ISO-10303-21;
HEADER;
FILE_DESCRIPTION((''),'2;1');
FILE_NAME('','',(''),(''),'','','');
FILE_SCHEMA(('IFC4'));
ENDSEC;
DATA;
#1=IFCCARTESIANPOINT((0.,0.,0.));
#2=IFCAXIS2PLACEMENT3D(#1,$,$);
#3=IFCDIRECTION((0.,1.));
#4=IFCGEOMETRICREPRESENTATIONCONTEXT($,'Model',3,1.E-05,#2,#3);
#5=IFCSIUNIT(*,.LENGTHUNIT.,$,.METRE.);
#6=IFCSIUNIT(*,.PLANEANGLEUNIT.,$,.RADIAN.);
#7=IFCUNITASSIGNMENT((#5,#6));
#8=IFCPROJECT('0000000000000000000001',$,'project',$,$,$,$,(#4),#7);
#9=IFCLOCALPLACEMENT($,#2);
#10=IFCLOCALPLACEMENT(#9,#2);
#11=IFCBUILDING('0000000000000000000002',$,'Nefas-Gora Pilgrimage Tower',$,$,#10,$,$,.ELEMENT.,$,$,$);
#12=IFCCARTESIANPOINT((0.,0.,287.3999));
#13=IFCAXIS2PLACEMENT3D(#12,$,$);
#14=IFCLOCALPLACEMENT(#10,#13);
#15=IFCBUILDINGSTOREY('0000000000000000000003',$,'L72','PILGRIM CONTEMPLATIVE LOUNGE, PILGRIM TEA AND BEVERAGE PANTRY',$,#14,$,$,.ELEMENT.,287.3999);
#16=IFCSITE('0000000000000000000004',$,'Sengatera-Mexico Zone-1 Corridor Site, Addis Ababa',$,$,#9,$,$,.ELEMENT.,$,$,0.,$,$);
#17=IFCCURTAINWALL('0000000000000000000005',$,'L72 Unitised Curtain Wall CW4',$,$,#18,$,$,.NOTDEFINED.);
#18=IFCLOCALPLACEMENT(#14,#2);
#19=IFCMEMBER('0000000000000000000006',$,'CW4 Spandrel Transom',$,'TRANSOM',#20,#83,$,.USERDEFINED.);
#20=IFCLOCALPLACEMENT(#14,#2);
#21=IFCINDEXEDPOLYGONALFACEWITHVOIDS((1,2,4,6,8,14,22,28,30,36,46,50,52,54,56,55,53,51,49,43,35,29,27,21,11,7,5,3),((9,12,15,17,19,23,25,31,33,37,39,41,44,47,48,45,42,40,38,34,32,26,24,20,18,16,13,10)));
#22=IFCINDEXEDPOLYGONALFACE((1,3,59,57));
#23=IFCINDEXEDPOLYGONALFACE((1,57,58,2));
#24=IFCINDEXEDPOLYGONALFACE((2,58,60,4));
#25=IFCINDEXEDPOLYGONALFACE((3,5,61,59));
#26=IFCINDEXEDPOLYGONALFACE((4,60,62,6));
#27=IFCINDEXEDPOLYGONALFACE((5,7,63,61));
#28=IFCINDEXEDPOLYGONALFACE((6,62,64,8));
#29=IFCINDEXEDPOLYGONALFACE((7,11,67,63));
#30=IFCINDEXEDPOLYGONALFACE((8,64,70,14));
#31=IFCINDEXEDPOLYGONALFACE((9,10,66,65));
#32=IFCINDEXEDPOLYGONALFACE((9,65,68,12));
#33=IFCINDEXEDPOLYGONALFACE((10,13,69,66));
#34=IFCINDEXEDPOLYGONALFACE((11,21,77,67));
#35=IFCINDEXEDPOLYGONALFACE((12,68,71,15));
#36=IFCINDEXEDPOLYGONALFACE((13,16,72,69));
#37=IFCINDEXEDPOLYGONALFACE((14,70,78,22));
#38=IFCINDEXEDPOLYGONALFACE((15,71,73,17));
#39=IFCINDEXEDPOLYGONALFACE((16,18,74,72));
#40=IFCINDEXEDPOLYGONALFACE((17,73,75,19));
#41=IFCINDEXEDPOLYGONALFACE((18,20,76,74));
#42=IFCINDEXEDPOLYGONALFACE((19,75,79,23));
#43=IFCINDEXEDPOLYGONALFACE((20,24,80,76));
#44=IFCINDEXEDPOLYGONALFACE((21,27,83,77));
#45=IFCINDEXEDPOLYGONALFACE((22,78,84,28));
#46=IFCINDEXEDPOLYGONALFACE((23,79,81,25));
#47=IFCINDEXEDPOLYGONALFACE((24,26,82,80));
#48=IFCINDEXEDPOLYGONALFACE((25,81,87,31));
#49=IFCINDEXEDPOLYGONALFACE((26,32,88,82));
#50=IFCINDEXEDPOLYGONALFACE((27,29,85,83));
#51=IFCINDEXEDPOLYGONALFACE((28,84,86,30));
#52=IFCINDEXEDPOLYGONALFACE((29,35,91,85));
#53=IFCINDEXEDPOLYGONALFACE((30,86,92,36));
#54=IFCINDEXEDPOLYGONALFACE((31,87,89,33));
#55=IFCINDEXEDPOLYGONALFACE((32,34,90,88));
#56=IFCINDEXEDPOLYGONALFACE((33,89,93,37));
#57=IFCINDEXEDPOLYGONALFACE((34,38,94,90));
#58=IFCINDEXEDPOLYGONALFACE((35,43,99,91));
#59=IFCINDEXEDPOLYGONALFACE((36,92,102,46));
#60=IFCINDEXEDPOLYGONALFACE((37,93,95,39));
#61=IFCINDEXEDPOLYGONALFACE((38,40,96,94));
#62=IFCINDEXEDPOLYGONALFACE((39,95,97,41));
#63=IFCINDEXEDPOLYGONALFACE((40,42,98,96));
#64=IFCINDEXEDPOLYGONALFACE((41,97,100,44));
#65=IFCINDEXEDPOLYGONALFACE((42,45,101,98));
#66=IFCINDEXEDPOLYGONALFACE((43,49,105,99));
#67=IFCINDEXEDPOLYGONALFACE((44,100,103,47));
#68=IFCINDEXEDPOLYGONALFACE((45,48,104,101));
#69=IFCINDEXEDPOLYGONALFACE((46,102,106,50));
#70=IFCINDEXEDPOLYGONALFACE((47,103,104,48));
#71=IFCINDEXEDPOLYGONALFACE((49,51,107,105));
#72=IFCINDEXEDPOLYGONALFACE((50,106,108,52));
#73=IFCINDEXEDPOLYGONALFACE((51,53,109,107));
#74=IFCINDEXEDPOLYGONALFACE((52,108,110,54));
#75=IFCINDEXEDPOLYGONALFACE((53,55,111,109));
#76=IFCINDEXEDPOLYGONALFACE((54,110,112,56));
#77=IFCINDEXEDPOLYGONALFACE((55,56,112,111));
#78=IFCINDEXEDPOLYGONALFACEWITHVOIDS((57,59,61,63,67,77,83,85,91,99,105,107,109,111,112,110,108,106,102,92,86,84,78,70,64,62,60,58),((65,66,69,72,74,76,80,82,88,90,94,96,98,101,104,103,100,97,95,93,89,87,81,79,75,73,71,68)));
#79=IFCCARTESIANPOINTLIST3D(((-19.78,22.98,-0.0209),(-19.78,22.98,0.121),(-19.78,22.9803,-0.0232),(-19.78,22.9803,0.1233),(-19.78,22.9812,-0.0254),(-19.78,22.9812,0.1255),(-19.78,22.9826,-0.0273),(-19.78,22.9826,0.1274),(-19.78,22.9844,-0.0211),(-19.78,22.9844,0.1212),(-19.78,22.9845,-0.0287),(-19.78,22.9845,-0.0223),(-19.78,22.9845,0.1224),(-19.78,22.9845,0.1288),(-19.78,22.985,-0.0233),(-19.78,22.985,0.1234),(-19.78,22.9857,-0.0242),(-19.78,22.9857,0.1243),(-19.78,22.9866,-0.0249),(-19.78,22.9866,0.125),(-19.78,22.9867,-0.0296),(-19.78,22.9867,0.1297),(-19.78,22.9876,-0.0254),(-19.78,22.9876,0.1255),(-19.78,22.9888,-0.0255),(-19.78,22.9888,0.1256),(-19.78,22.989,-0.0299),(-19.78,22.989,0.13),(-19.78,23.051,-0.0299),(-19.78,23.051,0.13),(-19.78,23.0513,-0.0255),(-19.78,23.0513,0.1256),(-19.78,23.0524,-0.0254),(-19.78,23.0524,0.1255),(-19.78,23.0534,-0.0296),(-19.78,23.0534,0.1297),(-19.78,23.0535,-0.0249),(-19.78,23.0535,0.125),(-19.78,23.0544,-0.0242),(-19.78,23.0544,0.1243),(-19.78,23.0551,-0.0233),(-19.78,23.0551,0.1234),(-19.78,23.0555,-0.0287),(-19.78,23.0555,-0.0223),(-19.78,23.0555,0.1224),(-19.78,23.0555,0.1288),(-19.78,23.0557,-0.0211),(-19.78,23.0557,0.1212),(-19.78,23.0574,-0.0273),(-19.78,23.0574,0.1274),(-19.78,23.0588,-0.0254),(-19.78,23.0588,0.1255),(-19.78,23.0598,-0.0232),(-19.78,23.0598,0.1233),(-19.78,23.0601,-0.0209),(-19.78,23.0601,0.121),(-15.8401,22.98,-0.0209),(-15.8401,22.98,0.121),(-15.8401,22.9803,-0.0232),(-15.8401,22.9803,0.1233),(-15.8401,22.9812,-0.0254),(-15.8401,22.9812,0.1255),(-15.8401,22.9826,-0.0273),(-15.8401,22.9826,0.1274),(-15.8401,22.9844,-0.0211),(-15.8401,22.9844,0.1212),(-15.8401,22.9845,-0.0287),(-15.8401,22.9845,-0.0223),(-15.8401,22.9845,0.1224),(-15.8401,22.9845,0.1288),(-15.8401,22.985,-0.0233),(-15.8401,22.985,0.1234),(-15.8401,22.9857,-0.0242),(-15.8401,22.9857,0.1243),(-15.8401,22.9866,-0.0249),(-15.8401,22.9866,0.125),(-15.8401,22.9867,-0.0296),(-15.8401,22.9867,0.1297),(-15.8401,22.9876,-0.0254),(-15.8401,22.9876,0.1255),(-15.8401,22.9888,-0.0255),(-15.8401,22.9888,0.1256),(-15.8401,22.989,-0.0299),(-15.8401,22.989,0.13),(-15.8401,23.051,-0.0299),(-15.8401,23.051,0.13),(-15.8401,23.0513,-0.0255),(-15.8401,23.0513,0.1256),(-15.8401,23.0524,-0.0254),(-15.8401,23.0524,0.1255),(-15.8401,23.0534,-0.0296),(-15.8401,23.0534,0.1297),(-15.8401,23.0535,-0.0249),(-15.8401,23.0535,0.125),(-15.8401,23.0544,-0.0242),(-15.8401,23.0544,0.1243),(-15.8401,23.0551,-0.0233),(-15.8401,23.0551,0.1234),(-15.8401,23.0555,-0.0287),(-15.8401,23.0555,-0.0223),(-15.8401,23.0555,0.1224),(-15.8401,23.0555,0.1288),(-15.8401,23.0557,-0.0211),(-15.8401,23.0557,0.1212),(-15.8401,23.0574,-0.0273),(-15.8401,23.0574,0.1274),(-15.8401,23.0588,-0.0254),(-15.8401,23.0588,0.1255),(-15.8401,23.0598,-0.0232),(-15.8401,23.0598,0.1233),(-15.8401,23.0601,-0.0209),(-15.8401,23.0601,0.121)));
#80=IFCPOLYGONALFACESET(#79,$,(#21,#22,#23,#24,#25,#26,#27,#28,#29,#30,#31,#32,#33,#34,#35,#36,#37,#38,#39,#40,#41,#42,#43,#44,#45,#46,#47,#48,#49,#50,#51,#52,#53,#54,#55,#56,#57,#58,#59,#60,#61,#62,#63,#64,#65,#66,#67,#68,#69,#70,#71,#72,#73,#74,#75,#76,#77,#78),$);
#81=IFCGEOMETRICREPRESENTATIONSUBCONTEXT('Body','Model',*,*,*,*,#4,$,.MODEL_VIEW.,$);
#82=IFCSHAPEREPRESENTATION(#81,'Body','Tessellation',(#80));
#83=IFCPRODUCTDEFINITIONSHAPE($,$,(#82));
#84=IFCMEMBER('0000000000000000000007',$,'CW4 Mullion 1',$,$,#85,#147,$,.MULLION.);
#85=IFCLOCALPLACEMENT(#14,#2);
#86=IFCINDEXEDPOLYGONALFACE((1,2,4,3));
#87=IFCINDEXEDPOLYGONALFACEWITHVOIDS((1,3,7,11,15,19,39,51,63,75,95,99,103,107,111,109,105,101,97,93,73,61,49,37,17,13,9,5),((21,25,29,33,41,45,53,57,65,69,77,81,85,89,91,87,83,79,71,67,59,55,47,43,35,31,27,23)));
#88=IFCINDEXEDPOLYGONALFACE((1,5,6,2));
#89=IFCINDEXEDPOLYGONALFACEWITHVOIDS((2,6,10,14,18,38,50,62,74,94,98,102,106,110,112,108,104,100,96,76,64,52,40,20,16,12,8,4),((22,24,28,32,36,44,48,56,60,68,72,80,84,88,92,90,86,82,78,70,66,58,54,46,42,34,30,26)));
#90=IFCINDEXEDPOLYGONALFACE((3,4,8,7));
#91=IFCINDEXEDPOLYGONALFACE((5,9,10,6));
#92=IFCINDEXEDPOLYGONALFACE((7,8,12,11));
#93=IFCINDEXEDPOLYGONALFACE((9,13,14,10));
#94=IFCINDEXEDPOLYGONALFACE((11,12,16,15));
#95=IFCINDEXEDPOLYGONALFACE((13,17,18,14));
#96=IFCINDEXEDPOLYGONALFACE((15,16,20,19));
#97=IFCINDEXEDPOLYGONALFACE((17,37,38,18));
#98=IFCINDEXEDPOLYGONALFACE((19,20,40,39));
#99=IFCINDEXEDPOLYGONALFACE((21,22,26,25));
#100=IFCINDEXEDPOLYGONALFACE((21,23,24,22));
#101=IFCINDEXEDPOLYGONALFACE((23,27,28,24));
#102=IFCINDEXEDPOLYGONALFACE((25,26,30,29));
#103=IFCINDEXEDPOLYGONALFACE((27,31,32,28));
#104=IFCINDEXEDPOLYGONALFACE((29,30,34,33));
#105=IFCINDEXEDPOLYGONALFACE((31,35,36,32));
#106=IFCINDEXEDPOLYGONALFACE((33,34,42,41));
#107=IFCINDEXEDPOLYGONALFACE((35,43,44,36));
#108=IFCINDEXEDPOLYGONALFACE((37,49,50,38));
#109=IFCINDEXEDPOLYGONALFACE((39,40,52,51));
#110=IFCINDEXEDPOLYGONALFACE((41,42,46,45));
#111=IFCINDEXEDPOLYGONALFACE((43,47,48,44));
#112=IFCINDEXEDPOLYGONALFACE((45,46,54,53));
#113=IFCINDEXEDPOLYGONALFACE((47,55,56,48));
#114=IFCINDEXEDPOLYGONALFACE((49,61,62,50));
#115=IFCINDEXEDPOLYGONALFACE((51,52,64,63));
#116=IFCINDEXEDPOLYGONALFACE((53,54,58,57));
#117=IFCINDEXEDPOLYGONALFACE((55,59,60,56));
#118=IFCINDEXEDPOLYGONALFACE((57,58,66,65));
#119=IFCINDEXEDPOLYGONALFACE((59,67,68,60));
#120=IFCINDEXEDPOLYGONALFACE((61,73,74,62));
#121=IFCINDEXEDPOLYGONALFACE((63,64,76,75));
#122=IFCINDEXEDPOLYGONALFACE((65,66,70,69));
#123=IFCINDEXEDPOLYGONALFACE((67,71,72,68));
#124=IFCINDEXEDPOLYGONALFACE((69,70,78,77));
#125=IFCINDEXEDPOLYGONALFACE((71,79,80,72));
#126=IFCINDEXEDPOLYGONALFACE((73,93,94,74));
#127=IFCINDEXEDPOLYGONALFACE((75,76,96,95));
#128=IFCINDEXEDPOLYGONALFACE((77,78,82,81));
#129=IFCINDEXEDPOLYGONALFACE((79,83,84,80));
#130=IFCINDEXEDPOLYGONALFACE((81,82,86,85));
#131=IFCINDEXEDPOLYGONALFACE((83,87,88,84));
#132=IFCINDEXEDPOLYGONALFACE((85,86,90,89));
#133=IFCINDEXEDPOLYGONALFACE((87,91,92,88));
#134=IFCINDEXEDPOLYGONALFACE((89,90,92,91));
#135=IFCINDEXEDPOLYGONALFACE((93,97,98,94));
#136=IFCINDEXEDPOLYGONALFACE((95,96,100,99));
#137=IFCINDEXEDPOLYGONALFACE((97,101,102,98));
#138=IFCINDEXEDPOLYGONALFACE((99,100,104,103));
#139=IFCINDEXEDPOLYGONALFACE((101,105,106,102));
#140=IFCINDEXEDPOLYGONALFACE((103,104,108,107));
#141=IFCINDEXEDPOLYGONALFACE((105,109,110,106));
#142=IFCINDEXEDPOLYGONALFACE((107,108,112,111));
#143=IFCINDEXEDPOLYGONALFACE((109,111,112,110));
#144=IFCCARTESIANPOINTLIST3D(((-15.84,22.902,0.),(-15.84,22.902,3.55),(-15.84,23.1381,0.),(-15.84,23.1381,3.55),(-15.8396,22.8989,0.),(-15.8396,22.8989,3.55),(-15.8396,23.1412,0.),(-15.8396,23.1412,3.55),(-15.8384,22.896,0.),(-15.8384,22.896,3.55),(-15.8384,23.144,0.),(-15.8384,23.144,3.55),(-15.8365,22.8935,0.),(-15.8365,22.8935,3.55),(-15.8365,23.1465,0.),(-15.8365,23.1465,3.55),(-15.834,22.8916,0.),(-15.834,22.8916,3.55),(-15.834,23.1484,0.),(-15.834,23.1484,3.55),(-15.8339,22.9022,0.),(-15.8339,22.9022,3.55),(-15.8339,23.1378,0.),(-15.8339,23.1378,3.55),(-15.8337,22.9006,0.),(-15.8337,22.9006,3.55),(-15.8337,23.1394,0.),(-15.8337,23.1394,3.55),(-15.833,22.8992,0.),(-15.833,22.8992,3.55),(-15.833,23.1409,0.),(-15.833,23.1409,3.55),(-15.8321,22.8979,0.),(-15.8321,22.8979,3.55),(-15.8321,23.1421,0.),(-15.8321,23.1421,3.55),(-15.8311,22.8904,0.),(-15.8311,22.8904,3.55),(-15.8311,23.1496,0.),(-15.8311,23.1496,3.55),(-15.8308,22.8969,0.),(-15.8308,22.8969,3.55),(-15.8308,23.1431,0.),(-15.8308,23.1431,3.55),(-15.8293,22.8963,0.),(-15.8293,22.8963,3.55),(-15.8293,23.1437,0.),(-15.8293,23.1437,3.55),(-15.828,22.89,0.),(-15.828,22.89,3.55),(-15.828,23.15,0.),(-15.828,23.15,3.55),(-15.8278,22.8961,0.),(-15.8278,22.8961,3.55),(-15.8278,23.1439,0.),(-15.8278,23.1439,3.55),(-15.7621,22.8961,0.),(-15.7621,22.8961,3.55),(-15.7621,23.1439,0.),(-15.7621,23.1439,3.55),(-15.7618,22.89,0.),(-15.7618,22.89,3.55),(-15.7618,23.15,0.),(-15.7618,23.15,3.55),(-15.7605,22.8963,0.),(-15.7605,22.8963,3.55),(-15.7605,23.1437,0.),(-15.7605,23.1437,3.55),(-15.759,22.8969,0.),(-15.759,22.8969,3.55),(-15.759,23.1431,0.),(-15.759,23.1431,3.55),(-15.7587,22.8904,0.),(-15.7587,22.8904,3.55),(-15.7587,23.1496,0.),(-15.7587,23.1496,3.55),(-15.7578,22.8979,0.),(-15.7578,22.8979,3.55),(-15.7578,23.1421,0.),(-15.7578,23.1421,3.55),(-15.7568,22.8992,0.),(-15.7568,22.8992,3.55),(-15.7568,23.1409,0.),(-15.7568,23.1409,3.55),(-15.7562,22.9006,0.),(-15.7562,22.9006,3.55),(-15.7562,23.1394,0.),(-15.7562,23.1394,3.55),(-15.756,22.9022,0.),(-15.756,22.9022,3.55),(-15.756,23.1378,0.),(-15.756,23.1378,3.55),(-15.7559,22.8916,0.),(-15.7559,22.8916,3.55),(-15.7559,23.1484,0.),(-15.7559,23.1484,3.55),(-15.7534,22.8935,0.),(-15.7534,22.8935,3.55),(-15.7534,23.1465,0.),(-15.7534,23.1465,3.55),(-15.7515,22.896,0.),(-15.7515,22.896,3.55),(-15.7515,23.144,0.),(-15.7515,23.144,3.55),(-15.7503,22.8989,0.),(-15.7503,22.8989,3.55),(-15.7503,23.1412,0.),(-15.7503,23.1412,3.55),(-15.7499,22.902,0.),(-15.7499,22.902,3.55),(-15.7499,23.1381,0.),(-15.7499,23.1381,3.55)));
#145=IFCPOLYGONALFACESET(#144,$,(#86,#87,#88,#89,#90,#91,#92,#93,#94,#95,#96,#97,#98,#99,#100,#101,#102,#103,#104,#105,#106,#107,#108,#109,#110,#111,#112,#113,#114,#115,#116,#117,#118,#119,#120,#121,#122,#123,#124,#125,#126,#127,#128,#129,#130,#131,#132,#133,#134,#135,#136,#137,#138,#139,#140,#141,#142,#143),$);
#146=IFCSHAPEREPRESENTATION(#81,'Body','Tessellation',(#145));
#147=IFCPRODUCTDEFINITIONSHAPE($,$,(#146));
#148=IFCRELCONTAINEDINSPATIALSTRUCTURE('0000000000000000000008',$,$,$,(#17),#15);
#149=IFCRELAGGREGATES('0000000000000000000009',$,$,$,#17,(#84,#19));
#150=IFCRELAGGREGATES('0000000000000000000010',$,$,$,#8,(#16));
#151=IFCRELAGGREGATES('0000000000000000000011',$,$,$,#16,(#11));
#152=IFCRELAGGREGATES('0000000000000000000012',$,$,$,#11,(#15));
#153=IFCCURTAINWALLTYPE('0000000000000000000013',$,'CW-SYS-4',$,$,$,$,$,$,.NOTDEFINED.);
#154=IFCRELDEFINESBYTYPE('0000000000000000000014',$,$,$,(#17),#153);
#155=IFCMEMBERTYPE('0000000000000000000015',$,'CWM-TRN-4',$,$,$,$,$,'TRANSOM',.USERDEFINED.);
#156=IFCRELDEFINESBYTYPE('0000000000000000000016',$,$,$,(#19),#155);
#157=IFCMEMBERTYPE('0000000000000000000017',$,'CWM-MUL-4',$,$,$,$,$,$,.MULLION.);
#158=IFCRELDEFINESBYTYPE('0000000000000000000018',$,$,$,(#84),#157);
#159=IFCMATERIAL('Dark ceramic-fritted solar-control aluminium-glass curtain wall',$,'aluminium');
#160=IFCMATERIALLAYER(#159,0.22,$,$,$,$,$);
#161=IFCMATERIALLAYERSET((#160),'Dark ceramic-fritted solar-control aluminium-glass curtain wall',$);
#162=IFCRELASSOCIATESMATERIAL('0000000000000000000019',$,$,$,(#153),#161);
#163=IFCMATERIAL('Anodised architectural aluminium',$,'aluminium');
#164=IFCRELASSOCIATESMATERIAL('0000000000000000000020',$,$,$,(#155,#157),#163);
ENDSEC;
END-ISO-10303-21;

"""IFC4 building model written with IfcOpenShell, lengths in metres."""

from ifc_helpers import new_model, si_unit, direction, frame, origin, origin_2d, place, context, subcontext, project, spatial, hollow_rectangle, extrude, source, transform, mapped, material, layer, layer_set, material_profile, profile_set, type_object, element, aggregate, save


model = new_model("IFC4")

# Units and contexts
model_context = context("Model", 3, precision=1e-05, world=origin(), true_north=direction((0.0, 1.0)))
body_context = subcontext(model_context, "Body", "Model", "MODEL_VIEW")
ifc_project = project(units=[si_unit("LENGTHUNIT", "METRE"), si_unit("PLANEANGLEUNIT", "RADIAN")], contexts=[model_context])

# Site, building, storey
site_placement = place(None, origin())
site = spatial("IfcSite", under=ifc_project, at=site_placement, Name="Sengatera-Mexico Zone-1 Corridor Site, Addis Ababa", CompositionType="ELEMENT", RefElevation=0.0)
building_placement = place(site_placement, origin())
building = spatial("IfcBuilding", under=site, at=building_placement, Name="Nefas-Gora Pilgrimage Tower", CompositionType="ELEMENT")
storey_placement = place(building_placement, frame((0.0, 0.0, 287.3999)))
storey = spatial("IfcBuildingStorey", under=building, at=storey_placement, Name="L72", Description="PILGRIM CONTEMPLATIVE LOUNGE, PILGRIM TEA AND BEVERAGE PANTRY", CompositionType="ELEMENT", Elevation=287.3999)

# Shared definitions
ifc_material_1 = material(Name="Dark ceramic-fritted solar-control aluminium-glass curtain wall", Category="aluminium")
ifc_material_2 = material(Name="Anodised architectural aluminium", Category="aluminium")
ifc_layer_1 = layer(ifc_material_1, 0.22)
ifc_layer_set_1 = layer_set([ifc_layer_1], Name="Dark ceramic-fritted solar-control aluminium-glass curtain wall")
curtain_wall_type_1 = type_object("IfcCurtainWallType", Name="CW-SYS-4", PredefinedType="NOTDEFINED", material=ifc_layer_set_1)
ifc_material_profile_1 = material_profile(ifc_material_2, hollow_rectangle(XDim=0.0801, YDim=0.1599, WallThickness=0.0044, InnerFilletRadius=0.0044, OuterFilletRadius=0.009, at=origin_2d()), Name="ALU TRANSOM 80x160")
ifc_profile_set_1 = profile_set([ifc_material_profile_1], Name="Anodised architectural aluminium")
member_type_1 = type_object("IfcMemberType", Name="CWM-TRN-4", ElementType="TRANSOM", PredefinedType="USERDEFINED", material=ifc_profile_set_1)

# Curtain wall, members
curtain_wall_1_placement = place(storey_placement, origin())
curtain_wall_1 = element("IfcCurtainWall", 1, at=curtain_wall_1_placement, inside=storey, type_object=curtain_wall_type_1, Name="L72 Unitised Curtain Wall CW4", PredefinedType="NOTDEFINED")
shared_shape_1 = source(origin(), body_context, "Body", "SweptSolid", [
    extrude(hollow_rectangle(XDim=0.0801, YDim=0.1599, WallThickness=0.0044, InnerFilletRadius=0.0044, OuterFilletRadius=0.009, at=origin_2d()), origin(), (0.0, 0.0, 1.0), 3.9399),
])
member_1_placement = place(storey_placement, frame((-15.8401, 23.02, 0.05), z_axis=(-1.0, 0.0, 0.0), x_axis=(0.0, -1.0, 0.0)))
member_1 = element("IfcMember", 2, at=member_1_placement, type_object=member_type_1, Name="CW4 Spandrel Transom", ObjectType="TRANSOM", PredefinedType="USERDEFINED", context=body_context, shape_type="MappedRepresentation", body=[
    mapped(shared_shape_1, transform((0.0, 0.0, 0.0), x_axis=(1.0, 0.0, 0.0), y_axis=(0.0, 1.0, 0.0), z_axis=(0.0, 0.0, 1.0), scale=1.0)),
])
ifc_material_profile_2 = material_profile(ifc_material_2, hollow_rectangle(XDim=0.0901, YDim=0.26, WallThickness=0.0061, InnerFilletRadius=0.0061, OuterFilletRadius=0.012, at=origin_2d()), Name="ALU MULLION 90x260")
ifc_profile_set_2 = profile_set([ifc_material_profile_2], Name="Anodised architectural aluminium")
member_type_2 = type_object("IfcMemberType", Name="CWM-MUL-4", PredefinedType="MULLION", material=ifc_profile_set_2)
shared_shape_2 = source(origin(), body_context, "Body", "SweptSolid", [
    extrude(hollow_rectangle(XDim=0.0901, YDim=0.26, WallThickness=0.0061, InnerFilletRadius=0.0061, OuterFilletRadius=0.012, at=origin_2d()), origin(), (0.0, 0.0, 1.0), 3.55),
])
member_2_placement = place(storey_placement, frame((-15.7949, 23.02, 0.0), z_axis=(0.0, 0.0, 1.0), x_axis=(-1.0, 0.0, 0.0)))
member_2 = element("IfcMember", 3, at=member_2_placement, type_object=member_type_2, Name="CW4 Mullion 1", PredefinedType="MULLION", context=body_context, shape_type="MappedRepresentation", body=[
    mapped(shared_shape_2, transform((0.0, 0.0, 0.0), x_axis=(1.0, 0.0, 0.0), y_axis=(0.0, 1.0, 0.0), z_axis=(0.0, 0.0, 1.0), scale=1.0)),
])

aggregate(curtain_wall_1, [member_2, member_1])

save(model, "model.ifc")
